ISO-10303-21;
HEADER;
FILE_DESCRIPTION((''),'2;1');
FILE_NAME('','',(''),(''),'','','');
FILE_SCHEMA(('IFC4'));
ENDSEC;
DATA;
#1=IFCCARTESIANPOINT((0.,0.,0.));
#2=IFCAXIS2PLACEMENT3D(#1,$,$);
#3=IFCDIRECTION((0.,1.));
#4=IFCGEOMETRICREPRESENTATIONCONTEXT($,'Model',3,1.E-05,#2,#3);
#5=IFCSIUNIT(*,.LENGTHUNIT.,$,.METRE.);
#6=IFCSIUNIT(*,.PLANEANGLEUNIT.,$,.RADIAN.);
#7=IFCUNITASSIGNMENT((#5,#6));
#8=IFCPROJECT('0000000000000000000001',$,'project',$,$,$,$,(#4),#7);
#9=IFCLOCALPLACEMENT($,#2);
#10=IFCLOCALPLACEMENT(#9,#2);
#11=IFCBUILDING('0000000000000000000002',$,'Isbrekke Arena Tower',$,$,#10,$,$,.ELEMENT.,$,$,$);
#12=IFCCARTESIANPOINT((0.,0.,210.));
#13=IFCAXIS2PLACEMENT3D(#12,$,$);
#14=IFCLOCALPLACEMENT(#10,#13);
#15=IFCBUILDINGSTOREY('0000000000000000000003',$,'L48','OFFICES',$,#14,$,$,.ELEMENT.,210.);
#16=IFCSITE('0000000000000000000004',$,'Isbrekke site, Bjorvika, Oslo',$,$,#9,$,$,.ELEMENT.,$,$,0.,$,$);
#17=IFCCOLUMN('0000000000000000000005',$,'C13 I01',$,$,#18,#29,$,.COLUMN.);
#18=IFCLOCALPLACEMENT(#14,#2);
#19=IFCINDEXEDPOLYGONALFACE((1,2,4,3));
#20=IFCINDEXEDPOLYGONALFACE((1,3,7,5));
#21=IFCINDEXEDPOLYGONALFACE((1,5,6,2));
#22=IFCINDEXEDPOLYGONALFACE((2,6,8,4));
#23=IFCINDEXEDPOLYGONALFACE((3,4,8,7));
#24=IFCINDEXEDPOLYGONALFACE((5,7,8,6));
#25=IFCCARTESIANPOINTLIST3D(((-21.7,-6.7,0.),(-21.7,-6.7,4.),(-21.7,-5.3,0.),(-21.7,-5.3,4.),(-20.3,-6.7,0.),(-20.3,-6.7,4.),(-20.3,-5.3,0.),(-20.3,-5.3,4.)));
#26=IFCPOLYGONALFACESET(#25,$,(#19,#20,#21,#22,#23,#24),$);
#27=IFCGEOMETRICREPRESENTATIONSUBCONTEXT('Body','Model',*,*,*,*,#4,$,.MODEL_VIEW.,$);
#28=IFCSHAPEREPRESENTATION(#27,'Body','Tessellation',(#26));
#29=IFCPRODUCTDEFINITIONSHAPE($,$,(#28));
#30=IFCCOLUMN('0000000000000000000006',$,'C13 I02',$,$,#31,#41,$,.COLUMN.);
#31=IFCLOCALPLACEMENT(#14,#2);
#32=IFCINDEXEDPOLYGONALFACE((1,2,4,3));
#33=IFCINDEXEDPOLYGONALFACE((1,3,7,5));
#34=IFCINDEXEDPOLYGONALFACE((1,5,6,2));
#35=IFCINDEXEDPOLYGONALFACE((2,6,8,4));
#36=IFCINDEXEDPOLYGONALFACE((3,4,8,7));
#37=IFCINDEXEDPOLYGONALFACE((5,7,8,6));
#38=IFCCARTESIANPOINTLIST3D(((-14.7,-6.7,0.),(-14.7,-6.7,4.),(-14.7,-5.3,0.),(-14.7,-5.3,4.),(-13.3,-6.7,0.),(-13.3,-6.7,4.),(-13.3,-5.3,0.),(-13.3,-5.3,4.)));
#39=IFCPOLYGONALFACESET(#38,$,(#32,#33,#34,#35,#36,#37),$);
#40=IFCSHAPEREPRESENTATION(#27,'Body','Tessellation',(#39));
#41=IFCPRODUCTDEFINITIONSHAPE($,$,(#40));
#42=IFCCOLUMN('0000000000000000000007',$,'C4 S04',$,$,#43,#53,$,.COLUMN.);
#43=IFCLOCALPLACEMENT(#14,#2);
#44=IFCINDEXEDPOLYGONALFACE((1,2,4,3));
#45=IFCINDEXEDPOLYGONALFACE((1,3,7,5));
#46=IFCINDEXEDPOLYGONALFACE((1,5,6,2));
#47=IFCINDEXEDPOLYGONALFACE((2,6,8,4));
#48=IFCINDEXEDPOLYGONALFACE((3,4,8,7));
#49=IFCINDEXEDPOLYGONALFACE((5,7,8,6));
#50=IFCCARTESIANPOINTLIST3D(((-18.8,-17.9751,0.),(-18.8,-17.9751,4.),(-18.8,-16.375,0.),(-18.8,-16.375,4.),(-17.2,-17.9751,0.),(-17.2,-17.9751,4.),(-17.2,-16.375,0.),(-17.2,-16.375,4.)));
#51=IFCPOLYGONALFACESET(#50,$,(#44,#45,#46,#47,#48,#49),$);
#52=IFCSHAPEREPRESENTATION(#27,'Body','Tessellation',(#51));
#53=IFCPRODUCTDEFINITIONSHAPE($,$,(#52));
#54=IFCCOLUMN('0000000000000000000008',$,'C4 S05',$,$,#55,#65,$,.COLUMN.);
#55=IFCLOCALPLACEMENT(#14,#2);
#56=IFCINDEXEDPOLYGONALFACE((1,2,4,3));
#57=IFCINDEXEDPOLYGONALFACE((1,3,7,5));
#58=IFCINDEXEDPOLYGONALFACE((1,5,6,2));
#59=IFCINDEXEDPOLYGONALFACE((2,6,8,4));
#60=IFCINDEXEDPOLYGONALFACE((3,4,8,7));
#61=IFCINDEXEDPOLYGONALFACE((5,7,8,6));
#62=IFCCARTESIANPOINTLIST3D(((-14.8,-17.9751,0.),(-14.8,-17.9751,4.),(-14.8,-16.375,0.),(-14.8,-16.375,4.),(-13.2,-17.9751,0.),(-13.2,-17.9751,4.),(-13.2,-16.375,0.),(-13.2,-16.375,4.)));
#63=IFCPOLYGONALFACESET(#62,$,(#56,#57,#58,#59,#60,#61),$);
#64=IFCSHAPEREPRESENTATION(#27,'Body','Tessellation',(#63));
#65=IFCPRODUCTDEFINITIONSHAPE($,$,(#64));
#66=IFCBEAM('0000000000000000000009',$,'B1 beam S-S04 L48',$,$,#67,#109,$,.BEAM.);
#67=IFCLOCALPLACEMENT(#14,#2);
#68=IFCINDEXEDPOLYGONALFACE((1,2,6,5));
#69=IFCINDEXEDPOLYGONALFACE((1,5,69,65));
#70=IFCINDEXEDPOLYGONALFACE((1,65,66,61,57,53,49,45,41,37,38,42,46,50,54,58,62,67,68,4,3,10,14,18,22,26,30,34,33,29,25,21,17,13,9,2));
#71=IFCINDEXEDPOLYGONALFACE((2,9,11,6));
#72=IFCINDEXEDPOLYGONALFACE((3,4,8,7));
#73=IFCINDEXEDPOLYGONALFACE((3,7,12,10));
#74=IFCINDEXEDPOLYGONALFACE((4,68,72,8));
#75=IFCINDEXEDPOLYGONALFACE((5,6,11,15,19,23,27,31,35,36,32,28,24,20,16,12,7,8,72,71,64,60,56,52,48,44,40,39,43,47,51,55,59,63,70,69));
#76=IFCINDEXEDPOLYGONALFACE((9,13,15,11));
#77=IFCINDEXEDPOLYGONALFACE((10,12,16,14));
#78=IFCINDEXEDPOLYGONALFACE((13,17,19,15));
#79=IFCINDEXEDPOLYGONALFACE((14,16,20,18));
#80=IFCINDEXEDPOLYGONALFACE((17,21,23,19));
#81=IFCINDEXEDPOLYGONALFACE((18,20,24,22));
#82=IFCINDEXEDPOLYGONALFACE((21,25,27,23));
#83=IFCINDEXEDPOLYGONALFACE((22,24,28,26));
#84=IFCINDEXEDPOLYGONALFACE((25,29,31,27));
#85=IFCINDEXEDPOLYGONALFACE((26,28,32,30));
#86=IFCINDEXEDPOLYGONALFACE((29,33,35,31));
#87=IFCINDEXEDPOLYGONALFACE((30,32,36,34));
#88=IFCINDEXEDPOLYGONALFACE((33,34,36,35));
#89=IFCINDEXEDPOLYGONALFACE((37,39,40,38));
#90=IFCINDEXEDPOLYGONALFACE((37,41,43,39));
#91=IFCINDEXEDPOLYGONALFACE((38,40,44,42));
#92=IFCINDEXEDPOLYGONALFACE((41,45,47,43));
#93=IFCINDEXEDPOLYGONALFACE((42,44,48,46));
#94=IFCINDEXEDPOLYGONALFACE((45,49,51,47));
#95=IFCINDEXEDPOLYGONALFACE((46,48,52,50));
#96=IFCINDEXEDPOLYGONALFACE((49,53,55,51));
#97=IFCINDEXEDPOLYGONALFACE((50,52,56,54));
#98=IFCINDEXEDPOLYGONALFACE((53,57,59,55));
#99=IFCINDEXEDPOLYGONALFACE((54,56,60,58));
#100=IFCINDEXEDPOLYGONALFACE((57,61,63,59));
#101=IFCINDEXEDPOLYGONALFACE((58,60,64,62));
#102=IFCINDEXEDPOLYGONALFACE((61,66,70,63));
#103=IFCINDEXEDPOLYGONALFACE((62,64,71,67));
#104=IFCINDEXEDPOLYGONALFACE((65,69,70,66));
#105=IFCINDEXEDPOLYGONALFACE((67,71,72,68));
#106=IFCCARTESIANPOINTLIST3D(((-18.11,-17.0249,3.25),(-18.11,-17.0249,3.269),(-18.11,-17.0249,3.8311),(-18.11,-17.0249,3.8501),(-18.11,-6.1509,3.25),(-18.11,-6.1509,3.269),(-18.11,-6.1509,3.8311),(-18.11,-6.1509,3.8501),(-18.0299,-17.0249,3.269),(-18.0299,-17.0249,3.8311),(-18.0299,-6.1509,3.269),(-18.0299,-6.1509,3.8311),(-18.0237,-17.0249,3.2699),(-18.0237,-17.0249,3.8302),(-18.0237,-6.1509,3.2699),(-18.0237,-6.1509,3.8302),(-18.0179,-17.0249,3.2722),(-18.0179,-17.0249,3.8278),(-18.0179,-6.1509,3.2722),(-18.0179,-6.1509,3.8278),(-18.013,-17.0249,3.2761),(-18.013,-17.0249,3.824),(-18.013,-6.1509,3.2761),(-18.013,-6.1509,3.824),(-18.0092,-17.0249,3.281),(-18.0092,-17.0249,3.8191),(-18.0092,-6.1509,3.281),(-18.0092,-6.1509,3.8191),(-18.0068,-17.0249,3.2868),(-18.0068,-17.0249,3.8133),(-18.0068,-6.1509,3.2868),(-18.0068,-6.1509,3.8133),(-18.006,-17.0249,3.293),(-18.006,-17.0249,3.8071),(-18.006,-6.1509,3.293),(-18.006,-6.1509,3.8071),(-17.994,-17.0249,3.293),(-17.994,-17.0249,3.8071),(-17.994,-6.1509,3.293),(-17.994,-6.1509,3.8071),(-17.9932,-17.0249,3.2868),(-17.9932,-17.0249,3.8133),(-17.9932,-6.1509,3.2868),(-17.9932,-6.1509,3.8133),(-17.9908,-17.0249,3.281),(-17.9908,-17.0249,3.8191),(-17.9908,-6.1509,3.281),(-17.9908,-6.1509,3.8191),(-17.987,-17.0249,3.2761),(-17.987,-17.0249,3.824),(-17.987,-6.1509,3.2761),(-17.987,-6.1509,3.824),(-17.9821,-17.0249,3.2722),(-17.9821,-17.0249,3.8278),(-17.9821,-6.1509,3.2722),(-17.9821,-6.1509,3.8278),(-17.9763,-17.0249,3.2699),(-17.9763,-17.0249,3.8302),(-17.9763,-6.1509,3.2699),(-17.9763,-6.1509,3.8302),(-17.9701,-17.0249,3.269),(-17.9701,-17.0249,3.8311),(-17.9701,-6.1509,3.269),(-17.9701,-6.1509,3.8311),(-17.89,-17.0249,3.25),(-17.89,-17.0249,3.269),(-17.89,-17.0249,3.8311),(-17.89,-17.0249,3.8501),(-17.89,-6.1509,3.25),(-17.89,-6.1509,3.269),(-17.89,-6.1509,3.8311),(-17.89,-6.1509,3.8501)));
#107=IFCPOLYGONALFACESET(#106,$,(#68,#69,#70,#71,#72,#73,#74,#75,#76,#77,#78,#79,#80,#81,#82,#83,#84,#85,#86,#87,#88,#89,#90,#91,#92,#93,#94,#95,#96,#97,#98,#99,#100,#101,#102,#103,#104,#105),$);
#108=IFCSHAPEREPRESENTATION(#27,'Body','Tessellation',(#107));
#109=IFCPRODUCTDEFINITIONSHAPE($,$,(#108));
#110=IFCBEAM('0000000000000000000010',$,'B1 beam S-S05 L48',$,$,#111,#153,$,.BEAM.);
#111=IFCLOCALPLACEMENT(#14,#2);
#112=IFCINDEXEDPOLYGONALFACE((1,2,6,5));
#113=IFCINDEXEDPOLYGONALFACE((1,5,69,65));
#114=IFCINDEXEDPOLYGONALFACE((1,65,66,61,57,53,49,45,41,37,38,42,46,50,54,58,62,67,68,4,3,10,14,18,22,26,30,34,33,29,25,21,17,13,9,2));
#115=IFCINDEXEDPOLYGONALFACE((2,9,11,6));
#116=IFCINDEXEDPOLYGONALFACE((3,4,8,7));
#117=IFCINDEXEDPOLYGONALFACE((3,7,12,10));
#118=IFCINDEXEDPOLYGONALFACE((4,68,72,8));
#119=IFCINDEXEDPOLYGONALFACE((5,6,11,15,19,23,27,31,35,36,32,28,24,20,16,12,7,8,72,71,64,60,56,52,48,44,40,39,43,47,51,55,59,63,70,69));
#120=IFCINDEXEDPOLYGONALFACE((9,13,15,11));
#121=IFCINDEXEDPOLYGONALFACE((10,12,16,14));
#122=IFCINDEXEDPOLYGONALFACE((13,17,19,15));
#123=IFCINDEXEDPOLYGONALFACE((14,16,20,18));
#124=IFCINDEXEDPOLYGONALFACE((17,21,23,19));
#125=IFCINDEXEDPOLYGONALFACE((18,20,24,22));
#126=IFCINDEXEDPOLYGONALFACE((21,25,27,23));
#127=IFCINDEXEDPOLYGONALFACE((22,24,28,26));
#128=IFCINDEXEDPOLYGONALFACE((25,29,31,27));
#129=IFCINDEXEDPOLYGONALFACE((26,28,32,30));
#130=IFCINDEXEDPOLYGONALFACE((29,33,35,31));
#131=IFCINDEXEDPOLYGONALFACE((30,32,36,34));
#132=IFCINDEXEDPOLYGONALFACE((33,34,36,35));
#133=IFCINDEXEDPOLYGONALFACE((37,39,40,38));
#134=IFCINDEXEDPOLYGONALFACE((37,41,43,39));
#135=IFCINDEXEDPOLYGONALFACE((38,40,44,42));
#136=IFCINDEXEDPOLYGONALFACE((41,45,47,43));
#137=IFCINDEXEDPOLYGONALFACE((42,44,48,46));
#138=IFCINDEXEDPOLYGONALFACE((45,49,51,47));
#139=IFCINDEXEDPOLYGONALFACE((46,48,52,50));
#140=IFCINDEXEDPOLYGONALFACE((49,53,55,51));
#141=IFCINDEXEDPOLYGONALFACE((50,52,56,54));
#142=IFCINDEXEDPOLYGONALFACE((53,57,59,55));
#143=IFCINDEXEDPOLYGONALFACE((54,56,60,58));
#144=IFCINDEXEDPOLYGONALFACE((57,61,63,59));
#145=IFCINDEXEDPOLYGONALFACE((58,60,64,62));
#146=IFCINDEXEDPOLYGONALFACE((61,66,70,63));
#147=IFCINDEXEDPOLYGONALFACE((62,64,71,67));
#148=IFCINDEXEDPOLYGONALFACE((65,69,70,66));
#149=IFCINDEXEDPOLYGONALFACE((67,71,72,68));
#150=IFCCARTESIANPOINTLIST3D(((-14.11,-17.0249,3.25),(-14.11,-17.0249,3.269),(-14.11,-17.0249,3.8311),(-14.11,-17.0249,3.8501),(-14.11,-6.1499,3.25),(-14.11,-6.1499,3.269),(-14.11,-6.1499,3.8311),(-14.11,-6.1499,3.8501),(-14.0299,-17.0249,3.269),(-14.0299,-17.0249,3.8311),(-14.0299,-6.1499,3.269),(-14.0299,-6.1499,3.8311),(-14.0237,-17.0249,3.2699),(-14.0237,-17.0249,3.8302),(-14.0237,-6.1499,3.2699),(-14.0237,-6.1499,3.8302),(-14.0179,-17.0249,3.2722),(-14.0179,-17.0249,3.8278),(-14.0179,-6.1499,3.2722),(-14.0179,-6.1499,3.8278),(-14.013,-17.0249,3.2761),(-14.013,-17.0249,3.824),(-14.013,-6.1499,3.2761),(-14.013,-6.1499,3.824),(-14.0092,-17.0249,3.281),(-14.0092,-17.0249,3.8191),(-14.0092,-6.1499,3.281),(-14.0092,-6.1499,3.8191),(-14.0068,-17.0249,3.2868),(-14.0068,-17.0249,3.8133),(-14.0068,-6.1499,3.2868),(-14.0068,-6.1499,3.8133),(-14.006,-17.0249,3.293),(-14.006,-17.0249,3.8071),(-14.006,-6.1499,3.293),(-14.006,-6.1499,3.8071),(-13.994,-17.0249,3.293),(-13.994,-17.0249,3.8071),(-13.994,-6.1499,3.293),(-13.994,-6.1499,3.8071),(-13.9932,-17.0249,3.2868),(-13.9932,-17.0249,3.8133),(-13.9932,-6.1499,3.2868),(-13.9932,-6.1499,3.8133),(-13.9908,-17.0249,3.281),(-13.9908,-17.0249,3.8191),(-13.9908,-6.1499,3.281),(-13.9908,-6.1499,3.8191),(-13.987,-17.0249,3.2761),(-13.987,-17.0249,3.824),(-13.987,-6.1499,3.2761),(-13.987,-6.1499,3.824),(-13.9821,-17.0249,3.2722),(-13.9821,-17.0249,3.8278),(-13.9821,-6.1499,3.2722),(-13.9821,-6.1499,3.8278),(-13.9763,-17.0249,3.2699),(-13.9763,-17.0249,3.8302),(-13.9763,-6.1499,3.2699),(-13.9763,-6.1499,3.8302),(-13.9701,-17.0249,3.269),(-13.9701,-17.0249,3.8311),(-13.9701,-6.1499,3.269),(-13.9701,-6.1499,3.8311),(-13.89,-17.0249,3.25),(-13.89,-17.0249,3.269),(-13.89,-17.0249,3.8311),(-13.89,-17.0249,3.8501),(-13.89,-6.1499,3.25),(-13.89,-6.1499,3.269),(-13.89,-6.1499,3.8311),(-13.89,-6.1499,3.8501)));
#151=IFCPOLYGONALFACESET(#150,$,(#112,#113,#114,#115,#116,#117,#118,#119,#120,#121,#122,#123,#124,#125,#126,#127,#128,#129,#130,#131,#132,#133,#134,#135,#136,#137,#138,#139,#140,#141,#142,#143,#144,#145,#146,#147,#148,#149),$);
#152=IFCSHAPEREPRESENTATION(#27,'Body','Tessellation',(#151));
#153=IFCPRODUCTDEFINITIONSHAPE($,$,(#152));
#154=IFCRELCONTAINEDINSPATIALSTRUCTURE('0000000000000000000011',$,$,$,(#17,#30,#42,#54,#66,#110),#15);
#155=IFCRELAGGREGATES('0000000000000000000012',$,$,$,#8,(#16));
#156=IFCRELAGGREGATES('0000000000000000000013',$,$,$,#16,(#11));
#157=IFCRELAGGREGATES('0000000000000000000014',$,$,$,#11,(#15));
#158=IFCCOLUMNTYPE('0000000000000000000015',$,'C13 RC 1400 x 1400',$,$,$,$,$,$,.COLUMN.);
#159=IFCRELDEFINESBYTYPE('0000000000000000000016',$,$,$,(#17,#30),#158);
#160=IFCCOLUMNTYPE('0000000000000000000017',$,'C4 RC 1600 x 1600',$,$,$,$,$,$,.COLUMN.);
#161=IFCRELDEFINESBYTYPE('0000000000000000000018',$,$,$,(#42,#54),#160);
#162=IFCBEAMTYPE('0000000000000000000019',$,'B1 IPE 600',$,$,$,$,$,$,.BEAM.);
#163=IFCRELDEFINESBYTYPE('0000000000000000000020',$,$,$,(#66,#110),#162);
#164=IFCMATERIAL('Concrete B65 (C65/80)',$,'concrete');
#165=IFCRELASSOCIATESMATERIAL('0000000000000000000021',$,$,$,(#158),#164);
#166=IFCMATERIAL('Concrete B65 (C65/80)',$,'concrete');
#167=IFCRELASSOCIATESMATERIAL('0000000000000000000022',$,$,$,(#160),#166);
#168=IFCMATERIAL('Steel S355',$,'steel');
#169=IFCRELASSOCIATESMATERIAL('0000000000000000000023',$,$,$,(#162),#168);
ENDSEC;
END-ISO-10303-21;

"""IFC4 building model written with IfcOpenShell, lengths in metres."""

from ifc_helpers import new_model, si_unit, direction, frame, origin, origin_2d, place, context, subcontext, project, spatial, rectangle, i_section, extrude, material, material_profile, profile_set, type_object, element, save


model = new_model("IFC4")

# Units and contexts
model_context = context("Model", 3, precision=1e-05, world=origin(), true_north=direction((0.0, 1.0)))
body_context = subcontext(model_context, "Body", "Model", "MODEL_VIEW")
ifc_project = project(units=[si_unit("LENGTHUNIT", "METRE"), si_unit("PLANEANGLEUNIT", "RADIAN")], contexts=[model_context])

# Site, building, storey
site_placement = place(None, origin())
site = spatial("IfcSite", under=ifc_project, at=site_placement, Name="Isbrekke site, Bjorvika, Oslo", CompositionType="ELEMENT", RefElevation=0.0)
building_placement = place(site_placement, origin())
building = spatial("IfcBuilding", under=site, at=building_placement, Name="Isbrekke Arena Tower", CompositionType="ELEMENT")
storey_placement = place(building_placement, frame((0.0, 0.0, 210.0)))
storey = spatial("IfcBuildingStorey", under=building, at=storey_placement, Name="L48", Description="OFFICES", CompositionType="ELEMENT", Elevation=210.0)

# Columns
ifc_material_1 = material(Name="Concrete B65 (C65/80)", Category="concrete")
ifc_material_profile_1 = material_profile(ifc_material_1, rectangle(XDim=1.3999, YDim=1.3999, at=origin_2d()), Name="RC 1400x1400")
ifc_profile_set_1 = profile_set([ifc_material_profile_1], Name="Concrete B65 (C65/80)")
column_type_1 = type_object("IfcColumnType", Name="C13 RC 1400 x 1400", PredefinedType="COLUMN", material=ifc_profile_set_1)
for number, where, z_axis, x_axis, name in (
    (1, (-21.0, -6.0, 0.0), (0.0, 0.0, 1.0), (1.0, 0.0, 0.0), "C13 I01"),
    (2, (-14.0, -6.0, 0.0), (0.0, 0.0, 1.0), (1.0, 0.0, 0.0), "C13 I02"),
):
    element("IfcColumn", number, at=place(storey_placement, frame(where, z_axis=z_axis, x_axis=x_axis)), inside=storey, type_object=column_type_1, Name=name, PredefinedType="COLUMN", context=body_context, shape_type="SweptSolid", body=[
        extrude(rectangle(XDim=1.3999, YDim=1.3999, at=origin_2d()), origin(), (0.0, 0.0, 1.0), 4.0),
    ])
ifc_material_2 = material(Name="Concrete B65 (C65/80)", Category="concrete")
ifc_material_profile_2 = material_profile(ifc_material_2, rectangle(XDim=1.6001, YDim=1.6001, at=origin_2d()), Name="RC 1600x1600")
ifc_profile_set_2 = profile_set([ifc_material_profile_2], Name="Concrete B65 (C65/80)")
column_type_2 = type_object("IfcColumnType", Name="C4 RC 1600 x 1600", PredefinedType="COLUMN", material=ifc_profile_set_2)
for number, where, z_axis, x_axis, name in (
    (3, (-18.0, -17.175, 0.0), (0.0, 0.0, 1.0), (1.0, 0.0, 0.0), "C4 S04"),
    (4, (-14.0, -17.175, 0.0), (0.0, 0.0, 1.0), (1.0, 0.0, 0.0), "C4 S05"),
):
    element("IfcColumn", number, at=place(storey_placement, frame(where, z_axis=z_axis, x_axis=x_axis)), inside=storey, type_object=column_type_2, Name=name, PredefinedType="COLUMN", context=body_context, shape_type="SweptSolid", body=[
        extrude(rectangle(XDim=1.6001, YDim=1.6001, at=origin_2d()), origin(), (0.0, 0.0, 1.0), 4.0),
    ])

# Beams
ifc_material_3 = material(Name="Steel S355", Category="steel")
ifc_material_profile_3 = material_profile(ifc_material_3, i_section(OverallWidth=0.22, OverallDepth=0.6001, WebThickness=0.012, FlangeThickness=0.019, FilletRadius=0.0239, at=origin_2d()), Name="IPE 600")
ifc_profile_set_3 = profile_set([ifc_material_profile_3], Name="Steel S355")
beam_type_1 = type_object("IfcBeamType", Name="B1 IPE 600", PredefinedType="BEAM", material=ifc_profile_set_3)
beam_1_placement = place(storey_placement, frame((-18.0, -17.0249, 3.55), z_axis=(0.0, 1.0, 0.0), x_axis=(-1.0, 0.0, 0.0)))
element("IfcBeam", 5, at=beam_1_placement, inside=storey, type_object=beam_type_1, Name="B1 beam S-S04 L48", PredefinedType="BEAM", context=body_context, shape_type="SweptSolid", body=[
    extrude(i_section(OverallWidth=0.22, OverallDepth=0.6001, WebThickness=0.012, FlangeThickness=0.019, FilletRadius=0.0239, at=origin_2d()), origin(), (0.0, 0.0, 1.0), 10.874),
])
beam_2_placement = place(storey_placement, frame((-14.0, -17.0249, 3.55), z_axis=(0.0, 1.0, 0.0), x_axis=(-1.0, 0.0, 0.0)))
element("IfcBeam", 6, at=beam_2_placement, inside=storey, type_object=beam_type_1, Name="B1 beam S-S05 L48", PredefinedType="BEAM", context=body_context, shape_type="SweptSolid", body=[
    extrude(i_section(OverallWidth=0.22, OverallDepth=0.6001, WebThickness=0.012, FlangeThickness=0.019, FilletRadius=0.0239, at=origin_2d()), origin(), (0.0, 0.0, 1.0), 10.875),
])

save(model, "model.ifc")
